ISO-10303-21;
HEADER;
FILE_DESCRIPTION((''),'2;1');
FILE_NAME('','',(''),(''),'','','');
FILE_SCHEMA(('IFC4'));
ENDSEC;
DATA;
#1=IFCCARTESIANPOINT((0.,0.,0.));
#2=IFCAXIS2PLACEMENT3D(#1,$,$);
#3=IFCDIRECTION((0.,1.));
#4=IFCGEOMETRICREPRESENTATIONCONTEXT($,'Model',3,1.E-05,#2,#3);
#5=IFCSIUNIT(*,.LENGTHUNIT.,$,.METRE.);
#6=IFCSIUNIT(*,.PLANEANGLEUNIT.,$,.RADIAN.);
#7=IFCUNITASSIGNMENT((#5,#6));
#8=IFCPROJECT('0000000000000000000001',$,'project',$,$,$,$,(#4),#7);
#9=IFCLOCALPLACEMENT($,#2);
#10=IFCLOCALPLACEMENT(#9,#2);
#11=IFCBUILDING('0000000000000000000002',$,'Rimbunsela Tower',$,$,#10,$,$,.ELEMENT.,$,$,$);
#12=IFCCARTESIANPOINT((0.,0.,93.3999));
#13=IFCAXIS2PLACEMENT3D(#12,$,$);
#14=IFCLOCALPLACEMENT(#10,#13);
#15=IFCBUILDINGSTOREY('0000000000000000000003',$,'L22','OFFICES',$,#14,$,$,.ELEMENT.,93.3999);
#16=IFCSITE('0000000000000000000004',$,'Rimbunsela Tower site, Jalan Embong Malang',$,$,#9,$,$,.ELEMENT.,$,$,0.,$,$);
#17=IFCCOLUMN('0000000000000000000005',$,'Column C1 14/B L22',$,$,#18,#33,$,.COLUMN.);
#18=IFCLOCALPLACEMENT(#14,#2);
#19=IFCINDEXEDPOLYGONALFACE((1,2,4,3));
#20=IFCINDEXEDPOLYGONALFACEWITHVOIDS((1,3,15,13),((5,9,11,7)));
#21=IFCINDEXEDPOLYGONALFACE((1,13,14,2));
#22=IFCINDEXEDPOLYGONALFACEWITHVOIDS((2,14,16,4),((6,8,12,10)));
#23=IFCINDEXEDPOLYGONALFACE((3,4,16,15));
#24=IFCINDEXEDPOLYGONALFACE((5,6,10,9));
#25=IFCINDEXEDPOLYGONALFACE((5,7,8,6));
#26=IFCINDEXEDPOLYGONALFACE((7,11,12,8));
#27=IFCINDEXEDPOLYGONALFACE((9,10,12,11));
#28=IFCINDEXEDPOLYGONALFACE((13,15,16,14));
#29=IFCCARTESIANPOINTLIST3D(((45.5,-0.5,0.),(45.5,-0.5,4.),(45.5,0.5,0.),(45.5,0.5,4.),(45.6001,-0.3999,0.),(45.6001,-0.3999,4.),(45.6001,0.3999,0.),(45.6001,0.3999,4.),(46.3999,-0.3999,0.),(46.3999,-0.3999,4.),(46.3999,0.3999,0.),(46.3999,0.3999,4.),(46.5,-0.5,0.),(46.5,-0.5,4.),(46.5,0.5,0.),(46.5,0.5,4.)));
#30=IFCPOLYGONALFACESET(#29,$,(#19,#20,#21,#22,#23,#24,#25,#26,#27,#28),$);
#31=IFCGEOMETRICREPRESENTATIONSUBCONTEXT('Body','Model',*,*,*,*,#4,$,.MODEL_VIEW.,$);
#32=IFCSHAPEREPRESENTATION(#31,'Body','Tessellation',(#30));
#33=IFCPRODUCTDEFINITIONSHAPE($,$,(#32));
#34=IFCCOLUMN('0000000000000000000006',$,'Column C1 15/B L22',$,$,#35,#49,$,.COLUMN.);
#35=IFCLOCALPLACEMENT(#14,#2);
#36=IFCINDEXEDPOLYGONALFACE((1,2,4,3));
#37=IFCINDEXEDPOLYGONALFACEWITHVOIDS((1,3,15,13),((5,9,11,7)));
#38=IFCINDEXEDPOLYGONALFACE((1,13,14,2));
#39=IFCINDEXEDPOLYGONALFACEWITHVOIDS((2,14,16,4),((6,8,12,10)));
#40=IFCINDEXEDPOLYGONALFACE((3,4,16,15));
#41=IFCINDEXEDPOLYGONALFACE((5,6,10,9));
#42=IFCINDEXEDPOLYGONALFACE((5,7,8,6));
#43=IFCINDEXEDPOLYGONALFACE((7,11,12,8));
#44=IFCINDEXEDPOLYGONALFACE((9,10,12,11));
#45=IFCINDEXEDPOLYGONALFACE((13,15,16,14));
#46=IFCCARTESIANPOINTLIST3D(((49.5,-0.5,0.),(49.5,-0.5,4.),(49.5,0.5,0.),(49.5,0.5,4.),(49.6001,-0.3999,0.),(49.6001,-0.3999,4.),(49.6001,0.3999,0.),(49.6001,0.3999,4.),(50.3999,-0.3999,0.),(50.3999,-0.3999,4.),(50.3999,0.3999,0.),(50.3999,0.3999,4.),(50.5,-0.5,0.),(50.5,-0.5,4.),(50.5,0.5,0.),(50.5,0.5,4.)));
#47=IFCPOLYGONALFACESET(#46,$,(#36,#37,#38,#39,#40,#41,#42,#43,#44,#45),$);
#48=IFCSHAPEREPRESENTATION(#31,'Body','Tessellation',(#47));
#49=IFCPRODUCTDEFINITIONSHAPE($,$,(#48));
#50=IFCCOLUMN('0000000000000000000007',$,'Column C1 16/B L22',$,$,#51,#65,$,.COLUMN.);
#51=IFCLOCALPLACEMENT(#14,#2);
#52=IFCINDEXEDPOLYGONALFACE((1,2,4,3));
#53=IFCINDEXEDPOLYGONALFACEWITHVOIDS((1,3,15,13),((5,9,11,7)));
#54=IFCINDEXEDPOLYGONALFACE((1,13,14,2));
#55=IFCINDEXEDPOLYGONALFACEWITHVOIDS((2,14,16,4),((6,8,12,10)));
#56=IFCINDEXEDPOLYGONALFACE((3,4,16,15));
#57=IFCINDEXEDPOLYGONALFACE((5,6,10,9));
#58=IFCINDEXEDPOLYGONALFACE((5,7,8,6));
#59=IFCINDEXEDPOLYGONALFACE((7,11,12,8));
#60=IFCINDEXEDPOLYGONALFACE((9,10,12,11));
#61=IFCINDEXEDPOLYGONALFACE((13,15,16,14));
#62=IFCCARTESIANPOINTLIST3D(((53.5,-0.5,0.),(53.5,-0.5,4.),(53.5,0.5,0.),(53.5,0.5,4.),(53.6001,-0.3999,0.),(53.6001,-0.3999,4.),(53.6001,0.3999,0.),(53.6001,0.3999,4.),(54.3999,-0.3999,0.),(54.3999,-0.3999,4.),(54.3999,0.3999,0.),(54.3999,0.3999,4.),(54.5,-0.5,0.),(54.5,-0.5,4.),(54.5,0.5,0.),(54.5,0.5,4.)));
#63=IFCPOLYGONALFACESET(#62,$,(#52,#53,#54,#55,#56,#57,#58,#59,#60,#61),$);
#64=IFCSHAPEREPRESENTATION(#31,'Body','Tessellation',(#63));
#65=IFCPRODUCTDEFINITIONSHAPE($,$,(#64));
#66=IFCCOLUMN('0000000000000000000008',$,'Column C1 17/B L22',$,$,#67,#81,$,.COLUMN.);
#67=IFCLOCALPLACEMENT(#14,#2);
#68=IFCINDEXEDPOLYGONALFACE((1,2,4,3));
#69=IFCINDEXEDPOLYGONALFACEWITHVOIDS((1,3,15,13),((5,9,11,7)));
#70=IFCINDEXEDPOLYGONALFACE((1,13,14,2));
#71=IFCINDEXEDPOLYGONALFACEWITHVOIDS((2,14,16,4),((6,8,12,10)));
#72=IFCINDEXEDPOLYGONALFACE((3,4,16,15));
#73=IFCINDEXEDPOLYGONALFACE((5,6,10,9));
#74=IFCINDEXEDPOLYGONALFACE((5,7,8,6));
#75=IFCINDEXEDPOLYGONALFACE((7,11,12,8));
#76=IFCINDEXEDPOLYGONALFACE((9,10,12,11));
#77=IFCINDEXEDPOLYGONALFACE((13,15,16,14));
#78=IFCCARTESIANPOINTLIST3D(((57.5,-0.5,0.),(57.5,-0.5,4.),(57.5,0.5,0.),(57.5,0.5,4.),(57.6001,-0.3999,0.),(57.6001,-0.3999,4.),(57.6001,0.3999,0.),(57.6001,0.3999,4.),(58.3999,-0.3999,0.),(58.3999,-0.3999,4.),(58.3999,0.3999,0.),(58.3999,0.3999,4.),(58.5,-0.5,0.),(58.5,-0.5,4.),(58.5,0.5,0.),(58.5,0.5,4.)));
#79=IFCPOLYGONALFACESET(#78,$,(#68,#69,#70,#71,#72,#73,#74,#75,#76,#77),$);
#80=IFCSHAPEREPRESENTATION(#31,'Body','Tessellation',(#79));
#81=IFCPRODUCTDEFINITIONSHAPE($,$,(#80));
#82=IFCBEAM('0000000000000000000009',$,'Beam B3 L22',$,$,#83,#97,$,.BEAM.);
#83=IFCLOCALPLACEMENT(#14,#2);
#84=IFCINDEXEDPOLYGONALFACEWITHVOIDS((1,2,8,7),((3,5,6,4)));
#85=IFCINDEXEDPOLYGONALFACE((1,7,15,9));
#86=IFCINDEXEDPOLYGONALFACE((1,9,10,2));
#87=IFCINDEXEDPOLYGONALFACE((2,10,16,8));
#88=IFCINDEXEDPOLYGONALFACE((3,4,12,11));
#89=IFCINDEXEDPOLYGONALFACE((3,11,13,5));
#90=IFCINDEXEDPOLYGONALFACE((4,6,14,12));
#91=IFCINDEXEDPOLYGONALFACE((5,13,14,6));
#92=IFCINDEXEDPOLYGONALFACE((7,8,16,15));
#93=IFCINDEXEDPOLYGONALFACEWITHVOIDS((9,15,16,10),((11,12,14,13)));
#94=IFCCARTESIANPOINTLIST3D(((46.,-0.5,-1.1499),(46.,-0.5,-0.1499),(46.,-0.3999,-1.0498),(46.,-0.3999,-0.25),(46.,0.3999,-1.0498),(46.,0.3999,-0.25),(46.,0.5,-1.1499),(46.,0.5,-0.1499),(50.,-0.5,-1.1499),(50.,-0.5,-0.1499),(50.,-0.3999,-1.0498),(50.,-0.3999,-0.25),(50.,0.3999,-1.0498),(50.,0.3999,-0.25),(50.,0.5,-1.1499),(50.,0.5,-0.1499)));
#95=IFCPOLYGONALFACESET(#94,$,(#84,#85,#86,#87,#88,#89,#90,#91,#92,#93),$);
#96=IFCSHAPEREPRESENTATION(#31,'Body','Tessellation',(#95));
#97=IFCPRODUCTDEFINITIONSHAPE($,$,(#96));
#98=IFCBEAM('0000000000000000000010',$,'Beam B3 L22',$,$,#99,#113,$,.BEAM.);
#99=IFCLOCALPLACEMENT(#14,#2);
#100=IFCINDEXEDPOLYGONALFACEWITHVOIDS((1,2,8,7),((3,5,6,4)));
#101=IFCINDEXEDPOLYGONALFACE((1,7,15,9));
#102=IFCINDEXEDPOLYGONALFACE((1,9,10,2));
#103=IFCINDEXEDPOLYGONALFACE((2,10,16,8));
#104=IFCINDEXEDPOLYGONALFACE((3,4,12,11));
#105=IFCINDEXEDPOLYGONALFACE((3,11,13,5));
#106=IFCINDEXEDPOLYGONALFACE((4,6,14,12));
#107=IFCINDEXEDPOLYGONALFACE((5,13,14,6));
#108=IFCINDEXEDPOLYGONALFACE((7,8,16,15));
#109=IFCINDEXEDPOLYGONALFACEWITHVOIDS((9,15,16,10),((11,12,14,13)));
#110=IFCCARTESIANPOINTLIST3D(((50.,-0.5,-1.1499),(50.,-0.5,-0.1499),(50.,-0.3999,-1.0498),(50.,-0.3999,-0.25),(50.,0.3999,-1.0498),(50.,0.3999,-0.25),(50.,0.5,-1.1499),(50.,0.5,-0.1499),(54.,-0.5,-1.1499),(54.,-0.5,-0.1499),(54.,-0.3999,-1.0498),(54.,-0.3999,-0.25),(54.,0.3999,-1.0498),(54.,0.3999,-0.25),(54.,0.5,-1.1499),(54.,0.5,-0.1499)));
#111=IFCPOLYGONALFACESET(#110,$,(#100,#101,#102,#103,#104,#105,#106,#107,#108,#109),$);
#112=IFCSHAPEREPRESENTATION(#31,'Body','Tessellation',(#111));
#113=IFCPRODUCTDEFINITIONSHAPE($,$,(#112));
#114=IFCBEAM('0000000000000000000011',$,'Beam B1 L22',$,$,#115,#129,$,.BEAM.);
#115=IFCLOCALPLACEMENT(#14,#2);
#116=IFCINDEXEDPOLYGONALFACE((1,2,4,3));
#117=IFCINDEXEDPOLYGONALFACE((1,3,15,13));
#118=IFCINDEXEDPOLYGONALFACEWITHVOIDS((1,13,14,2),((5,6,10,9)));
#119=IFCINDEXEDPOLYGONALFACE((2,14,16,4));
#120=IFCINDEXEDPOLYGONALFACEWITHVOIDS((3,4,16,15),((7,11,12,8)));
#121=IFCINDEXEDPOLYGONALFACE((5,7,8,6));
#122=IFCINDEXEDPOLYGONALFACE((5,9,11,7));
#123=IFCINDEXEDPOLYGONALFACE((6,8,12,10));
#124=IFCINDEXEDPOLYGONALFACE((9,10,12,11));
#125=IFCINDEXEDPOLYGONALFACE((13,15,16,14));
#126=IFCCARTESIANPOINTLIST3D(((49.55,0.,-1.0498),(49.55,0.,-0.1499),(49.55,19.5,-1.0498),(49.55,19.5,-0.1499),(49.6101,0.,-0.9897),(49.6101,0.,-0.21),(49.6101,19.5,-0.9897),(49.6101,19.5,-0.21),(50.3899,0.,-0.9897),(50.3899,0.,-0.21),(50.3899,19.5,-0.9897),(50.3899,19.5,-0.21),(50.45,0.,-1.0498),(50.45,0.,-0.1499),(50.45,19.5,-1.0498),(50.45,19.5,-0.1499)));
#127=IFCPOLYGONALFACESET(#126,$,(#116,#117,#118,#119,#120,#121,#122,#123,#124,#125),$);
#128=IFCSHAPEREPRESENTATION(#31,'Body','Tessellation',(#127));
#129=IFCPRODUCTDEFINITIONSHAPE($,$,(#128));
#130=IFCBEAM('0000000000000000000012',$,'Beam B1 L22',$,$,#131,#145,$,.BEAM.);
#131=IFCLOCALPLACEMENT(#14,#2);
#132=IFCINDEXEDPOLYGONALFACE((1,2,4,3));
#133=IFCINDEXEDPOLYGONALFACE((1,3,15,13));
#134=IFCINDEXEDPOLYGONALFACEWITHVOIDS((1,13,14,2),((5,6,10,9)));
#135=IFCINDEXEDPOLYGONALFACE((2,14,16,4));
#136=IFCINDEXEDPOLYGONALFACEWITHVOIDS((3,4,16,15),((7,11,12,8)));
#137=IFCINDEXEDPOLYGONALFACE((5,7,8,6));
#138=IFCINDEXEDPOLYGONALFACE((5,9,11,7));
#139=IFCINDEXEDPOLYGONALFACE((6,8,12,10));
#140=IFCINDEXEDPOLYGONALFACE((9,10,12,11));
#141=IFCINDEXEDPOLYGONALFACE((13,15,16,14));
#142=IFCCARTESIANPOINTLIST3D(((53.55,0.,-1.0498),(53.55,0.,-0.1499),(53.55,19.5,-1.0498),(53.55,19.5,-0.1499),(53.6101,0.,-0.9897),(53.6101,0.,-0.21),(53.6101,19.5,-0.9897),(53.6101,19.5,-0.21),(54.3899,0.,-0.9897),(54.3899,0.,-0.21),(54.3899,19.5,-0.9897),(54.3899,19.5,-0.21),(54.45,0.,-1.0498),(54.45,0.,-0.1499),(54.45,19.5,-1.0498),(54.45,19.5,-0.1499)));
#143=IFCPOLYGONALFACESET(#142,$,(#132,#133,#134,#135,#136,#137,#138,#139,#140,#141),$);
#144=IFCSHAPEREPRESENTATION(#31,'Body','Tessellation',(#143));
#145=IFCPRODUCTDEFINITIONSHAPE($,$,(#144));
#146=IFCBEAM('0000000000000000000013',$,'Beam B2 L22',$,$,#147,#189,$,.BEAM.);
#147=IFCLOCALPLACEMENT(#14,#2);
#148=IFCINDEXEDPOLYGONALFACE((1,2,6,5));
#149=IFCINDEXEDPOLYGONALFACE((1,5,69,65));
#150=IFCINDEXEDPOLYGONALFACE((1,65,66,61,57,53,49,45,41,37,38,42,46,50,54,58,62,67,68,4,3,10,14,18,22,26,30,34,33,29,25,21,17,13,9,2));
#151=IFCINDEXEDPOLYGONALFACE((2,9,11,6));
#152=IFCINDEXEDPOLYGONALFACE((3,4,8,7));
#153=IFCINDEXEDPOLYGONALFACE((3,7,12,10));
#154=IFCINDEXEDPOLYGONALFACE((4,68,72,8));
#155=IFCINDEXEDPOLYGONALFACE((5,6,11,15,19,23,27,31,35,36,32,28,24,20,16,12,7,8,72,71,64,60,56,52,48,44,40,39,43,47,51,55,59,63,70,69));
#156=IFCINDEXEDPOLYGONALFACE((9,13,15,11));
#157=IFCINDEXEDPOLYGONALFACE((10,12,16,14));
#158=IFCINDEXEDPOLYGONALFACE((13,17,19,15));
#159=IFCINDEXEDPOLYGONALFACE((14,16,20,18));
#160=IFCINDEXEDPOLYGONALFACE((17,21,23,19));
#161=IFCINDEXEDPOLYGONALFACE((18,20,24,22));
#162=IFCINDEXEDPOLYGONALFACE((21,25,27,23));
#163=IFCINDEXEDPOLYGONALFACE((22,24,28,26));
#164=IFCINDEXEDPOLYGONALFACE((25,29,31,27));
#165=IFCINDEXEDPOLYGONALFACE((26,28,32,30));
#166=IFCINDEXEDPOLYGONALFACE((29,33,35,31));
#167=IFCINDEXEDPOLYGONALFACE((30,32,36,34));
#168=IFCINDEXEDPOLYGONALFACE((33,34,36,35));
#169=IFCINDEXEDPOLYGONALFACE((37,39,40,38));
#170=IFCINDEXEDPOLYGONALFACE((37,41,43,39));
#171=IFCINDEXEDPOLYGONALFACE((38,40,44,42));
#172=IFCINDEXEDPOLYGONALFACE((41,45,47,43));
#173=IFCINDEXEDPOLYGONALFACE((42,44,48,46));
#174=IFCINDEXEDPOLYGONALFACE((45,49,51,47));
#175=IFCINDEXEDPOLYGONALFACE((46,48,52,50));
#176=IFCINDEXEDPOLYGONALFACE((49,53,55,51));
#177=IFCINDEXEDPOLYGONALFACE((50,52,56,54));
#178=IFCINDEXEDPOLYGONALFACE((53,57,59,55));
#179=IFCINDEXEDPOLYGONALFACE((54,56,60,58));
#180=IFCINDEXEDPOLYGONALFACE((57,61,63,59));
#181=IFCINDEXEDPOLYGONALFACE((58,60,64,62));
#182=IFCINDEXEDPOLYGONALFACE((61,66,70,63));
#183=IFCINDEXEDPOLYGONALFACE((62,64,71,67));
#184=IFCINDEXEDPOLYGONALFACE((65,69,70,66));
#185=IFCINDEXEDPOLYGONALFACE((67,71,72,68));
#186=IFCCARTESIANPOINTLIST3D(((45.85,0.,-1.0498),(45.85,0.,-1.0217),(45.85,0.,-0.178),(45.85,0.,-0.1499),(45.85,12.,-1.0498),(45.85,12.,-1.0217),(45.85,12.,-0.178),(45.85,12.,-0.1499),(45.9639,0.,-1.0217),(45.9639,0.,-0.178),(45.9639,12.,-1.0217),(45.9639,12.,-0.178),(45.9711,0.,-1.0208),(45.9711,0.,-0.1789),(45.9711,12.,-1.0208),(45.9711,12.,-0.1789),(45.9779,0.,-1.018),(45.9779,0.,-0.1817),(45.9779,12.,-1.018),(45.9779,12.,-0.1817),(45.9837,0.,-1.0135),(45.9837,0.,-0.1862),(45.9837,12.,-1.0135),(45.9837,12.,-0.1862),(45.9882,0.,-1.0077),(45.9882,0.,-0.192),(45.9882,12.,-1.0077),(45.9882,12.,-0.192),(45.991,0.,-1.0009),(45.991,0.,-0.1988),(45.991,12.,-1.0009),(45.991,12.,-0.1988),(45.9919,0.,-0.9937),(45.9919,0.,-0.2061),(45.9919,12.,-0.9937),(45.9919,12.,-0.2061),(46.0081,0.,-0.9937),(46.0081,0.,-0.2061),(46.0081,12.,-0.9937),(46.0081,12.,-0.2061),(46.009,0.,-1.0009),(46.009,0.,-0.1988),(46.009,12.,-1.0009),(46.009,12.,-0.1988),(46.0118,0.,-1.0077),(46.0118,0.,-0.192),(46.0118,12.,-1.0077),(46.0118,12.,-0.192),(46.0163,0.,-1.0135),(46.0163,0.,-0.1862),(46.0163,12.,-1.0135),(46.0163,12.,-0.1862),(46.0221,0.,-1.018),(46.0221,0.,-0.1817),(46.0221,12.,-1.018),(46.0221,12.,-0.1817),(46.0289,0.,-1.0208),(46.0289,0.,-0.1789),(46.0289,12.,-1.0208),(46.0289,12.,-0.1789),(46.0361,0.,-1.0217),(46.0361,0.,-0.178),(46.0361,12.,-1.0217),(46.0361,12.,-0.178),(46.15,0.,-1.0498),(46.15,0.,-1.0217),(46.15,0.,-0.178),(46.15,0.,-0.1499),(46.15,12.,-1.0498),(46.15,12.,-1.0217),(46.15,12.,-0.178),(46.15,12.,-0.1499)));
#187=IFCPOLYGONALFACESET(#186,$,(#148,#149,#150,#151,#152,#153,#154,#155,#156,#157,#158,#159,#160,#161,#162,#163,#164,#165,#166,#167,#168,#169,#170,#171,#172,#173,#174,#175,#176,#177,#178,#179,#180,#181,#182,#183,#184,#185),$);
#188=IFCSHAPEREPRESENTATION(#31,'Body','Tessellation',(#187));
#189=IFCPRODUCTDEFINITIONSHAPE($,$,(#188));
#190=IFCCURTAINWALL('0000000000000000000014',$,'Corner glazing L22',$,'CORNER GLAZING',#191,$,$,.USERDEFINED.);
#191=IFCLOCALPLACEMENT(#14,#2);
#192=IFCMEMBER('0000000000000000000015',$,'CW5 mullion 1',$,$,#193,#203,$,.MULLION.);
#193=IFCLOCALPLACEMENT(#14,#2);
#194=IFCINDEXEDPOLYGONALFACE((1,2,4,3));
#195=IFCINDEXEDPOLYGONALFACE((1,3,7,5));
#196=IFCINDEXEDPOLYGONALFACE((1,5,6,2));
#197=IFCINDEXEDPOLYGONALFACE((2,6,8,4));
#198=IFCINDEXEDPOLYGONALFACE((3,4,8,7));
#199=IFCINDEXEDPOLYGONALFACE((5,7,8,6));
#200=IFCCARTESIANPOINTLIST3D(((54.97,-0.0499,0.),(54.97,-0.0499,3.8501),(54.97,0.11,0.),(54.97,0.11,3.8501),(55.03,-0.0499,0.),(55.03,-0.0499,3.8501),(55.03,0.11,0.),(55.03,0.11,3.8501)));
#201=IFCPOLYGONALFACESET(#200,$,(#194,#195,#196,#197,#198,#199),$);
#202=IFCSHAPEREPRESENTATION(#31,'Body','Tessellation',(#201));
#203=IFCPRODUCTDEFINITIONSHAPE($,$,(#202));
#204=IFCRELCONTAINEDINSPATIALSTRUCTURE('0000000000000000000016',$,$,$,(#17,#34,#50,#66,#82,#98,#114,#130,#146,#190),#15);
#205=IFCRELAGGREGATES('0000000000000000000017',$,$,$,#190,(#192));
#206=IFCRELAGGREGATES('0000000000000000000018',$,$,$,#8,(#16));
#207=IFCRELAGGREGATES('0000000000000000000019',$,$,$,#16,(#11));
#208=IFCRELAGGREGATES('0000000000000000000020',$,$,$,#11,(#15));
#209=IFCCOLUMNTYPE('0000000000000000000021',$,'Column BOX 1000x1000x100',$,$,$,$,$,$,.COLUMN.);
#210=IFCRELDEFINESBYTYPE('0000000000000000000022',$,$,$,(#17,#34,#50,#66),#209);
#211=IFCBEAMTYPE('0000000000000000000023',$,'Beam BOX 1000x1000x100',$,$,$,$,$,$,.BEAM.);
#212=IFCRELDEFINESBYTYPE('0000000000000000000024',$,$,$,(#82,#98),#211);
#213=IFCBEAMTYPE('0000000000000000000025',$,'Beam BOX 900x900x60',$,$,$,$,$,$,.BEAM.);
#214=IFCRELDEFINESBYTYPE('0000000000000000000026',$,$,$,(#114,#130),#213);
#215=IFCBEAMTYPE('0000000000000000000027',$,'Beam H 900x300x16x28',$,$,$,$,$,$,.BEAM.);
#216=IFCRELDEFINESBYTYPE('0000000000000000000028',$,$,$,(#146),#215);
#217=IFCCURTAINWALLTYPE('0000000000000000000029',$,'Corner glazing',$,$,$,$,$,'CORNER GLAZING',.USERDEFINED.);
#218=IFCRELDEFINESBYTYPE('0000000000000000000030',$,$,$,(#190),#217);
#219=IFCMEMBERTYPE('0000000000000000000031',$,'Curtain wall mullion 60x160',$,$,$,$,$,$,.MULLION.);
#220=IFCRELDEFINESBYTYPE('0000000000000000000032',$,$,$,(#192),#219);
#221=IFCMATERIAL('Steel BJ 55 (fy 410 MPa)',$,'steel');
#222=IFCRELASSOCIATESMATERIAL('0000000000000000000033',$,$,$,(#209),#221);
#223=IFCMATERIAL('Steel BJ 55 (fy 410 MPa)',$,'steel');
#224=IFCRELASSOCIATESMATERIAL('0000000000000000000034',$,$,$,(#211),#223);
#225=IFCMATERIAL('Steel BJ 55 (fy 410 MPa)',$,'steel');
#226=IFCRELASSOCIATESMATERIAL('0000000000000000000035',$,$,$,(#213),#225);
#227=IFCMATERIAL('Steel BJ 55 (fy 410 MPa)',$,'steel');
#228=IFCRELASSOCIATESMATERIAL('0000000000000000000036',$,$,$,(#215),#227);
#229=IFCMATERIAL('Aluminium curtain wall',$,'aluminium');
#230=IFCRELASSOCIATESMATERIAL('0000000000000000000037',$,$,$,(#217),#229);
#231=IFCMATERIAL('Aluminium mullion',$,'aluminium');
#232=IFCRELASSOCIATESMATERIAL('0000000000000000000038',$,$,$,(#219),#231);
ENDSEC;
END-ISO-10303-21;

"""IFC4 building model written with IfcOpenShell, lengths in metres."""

from ifc_helpers import new_model, si_unit, direction, frame, origin, origin_2d, place, context, subcontext, project, spatial, rectangle, hollow_rectangle, i_section, extrude, material, material_profile, profile_set, type_object, element, aggregate, save


model = new_model("IFC4")

# Units and contexts
model_context = context("Model", 3, precision=1e-05, world=origin(), true_north=direction((0.0, 1.0)))
body_context = subcontext(model_context, "Body", "Model", "MODEL_VIEW")
ifc_project = project(units=[si_unit("LENGTHUNIT", "METRE"), si_unit("PLANEANGLEUNIT", "RADIAN")], contexts=[model_context])

# Site, building, storey
site_placement = place(None, origin())
site = spatial("IfcSite", under=ifc_project, at=site_placement, Name="Rimbunsela Tower site, Jalan Embong Malang", CompositionType="ELEMENT", RefElevation=0.0)
building_placement = place(site_placement, origin())
building = spatial("IfcBuilding", under=site, at=building_placement, Name="Rimbunsela Tower", CompositionType="ELEMENT")
storey_placement = place(building_placement, frame((0.0, 0.0, 93.3999)))
storey = spatial("IfcBuildingStorey", under=building, at=storey_placement, Name="L22", Description="OFFICES", CompositionType="ELEMENT", Elevation=93.3999)

# Columns
ifc_material_1 = material(Name="Steel BJ 55 (fy 410 MPa)", Category="steel")
ifc_material_profile_1 = material_profile(ifc_material_1, hollow_rectangle(XDim=1.0, YDim=1.0, WallThickness=0.1001, at=origin_2d()), Name="BOX 1000x1000x100")
ifc_profile_set_1 = profile_set([ifc_material_profile_1], Name="Steel BJ 55 (fy 410 MPa)")
column_type = type_object("IfcColumnType", Name="Column BOX 1000x1000x100", PredefinedType="COLUMN", material=ifc_profile_set_1)
for number, where, z_axis, x_axis, name in (
    (1, (46.0, 0.0, 0.0), (0.0, 0.0, 1.0), (1.0, 0.0, 0.0), "Column C1 14/B L22"),
    (2, (50.0, 0.0, 0.0), (0.0, 0.0, 1.0), (1.0, 0.0, 0.0), "Column C1 15/B L22"),
    (3, (54.0, 0.0, 0.0), (0.0, 0.0, 1.0), (1.0, 0.0, 0.0), "Column C1 16/B L22"),
    (4, (58.0, 0.0, 0.0), (0.0, 0.0, 1.0), (1.0, 0.0, 0.0), "Column C1 17/B L22"),
):
    element("IfcColumn", number, at=place(storey_placement, frame(where, z_axis=z_axis, x_axis=x_axis)), inside=storey, type_object=column_type, Name=name, PredefinedType="COLUMN", context=body_context, shape_type="SweptSolid", body=[
        extrude(hollow_rectangle(XDim=1.0, YDim=1.0, WallThickness=0.1001, at=origin_2d()), origin(), (0.0, 0.0, 1.0), 4.0),
    ])

# Beams
ifc_material_2 = material(Name="Steel BJ 55 (fy 410 MPa)", Category="steel")
ifc_material_profile_2 = material_profile(ifc_material_2, hollow_rectangle(XDim=1.0, YDim=1.0, WallThickness=0.1001, at=origin_2d()), Name="BOX 1000x1000x100")
ifc_profile_set_2 = profile_set([ifc_material_profile_2], Name="Steel BJ 55 (fy 410 MPa)")
beam_type_1 = type_object("IfcBeamType", Name="Beam BOX 1000x1000x100", PredefinedType="BEAM", material=ifc_profile_set_2)
for number, where, z_axis, x_axis, name in (
    (5, (46.0, 0.0, -0.6499), (1.0, 0.0, 0.0), (0.0, 1.0, 0.0), "Beam B3 L22"),
    (6, (50.0, 0.0, -0.6499), (1.0, 0.0, 0.0), (0.0, 1.0, 0.0), "Beam B3 L22"),
):
    element("IfcBeam", number, at=place(storey_placement, frame(where, z_axis=z_axis, x_axis=x_axis)), inside=storey, type_object=beam_type_1, Name=name, PredefinedType="BEAM", context=body_context, shape_type="SweptSolid", body=[
        extrude(hollow_rectangle(XDim=1.0, YDim=1.0, WallThickness=0.1001, at=origin_2d()), origin(), (0.0, 0.0, 1.0), 4.0),
    ])
ifc_material_3 = material(Name="Steel BJ 55 (fy 410 MPa)", Category="steel")
ifc_material_profile_3 = material_profile(ifc_material_3, hollow_rectangle(XDim=0.8999, YDim=0.8999, WallThickness=0.0601, at=origin_2d()), Name="BOX 900x900x60")
ifc_profile_set_3 = profile_set([ifc_material_profile_3], Name="Steel BJ 55 (fy 410 MPa)")
beam_type_2 = type_object("IfcBeamType", Name="Beam BOX 900x900x60", PredefinedType="BEAM", material=ifc_profile_set_3)
for number, where, z_axis, x_axis, name in (
    (7, (50.0, 0.0, -0.5999), (0.0, 1.0, 0.0), (-1.0, 0.0, 0.0), "Beam B1 L22"),
    (8, (54.0, 0.0, -0.5999), (0.0, 1.0, 0.0), (-1.0, 0.0, 0.0), "Beam B1 L22"),
):
    element("IfcBeam", number, at=place(storey_placement, frame(where, z_axis=z_axis, x_axis=x_axis)), inside=storey, type_object=beam_type_2, Name=name, PredefinedType="BEAM", context=body_context, shape_type="SweptSolid", body=[
        extrude(hollow_rectangle(XDim=0.8999, YDim=0.8999, WallThickness=0.0601, at=origin_2d()), origin(), (0.0, 0.0, 1.0), 19.5),
    ])
ifc_material_4 = material(Name="Steel BJ 55 (fy 410 MPa)", Category="steel")
ifc_material_profile_4 = material_profile(ifc_material_4, i_section(OverallWidth=0.3, OverallDepth=0.8999, WebThickness=0.0161, FlangeThickness=0.0281, FilletRadius=0.0281, at=origin_2d()), Name="H 900x300x16x28")
ifc_profile_set_4 = profile_set([ifc_material_profile_4], Name="Steel BJ 55 (fy 410 MPa)")
beam_type_3 = type_object("IfcBeamType", Name="Beam H 900x300x16x28", PredefinedType="BEAM", material=ifc_profile_set_4)
beam_placement = place(storey_placement, frame((46.0, 0.0, -0.5999), z_axis=(0.0, 1.0, 0.0), x_axis=(-1.0, 0.0, 0.0)))
element("IfcBeam", 9, at=beam_placement, inside=storey, type_object=beam_type_3, Name="Beam B2 L22", PredefinedType="BEAM", context=body_context, shape_type="SweptSolid", body=[
    extrude(i_section(OverallWidth=0.3, OverallDepth=0.8999, WebThickness=0.0161, FlangeThickness=0.0281, FilletRadius=0.0281, at=origin_2d()), origin(), (0.0, 0.0, 1.0), 12.0),
])

# Curtain wall, member
ifc_material_5 = material(Name="Aluminium curtain wall", Category="aluminium")
curtain_wall_type = type_object("IfcCurtainWallType", Name="Corner glazing", ElementType="CORNER GLAZING", PredefinedType="USERDEFINED", material=ifc_material_5)
curtain_wall_1_placement = place(storey_placement, origin())
curtain_wall_1 = element("IfcCurtainWall", 10, at=curtain_wall_1_placement, inside=storey, type_object=curtain_wall_type, Name="Corner glazing L22", ObjectType="CORNER GLAZING", PredefinedType="USERDEFINED")
ifc_material_6 = material(Name="Aluminium mullion", Category="aluminium")
ifc_material_profile_5 = material_profile(ifc_material_6, rectangle(XDim=0.0601, YDim=0.1599, at=origin_2d()), Name="Mullion 60x160")
ifc_profile_set_5 = profile_set([ifc_material_profile_5], Name="Aluminium mullion")
member_type_1 = type_object("IfcMemberType", Name="Curtain wall mullion 60x160", PredefinedType="MULLION", material=ifc_profile_set_5)
member_1_placement = place(storey_placement, frame((55.0, 0.03, 0.0), z_axis=(0.0, 0.0, 1.0), x_axis=(-1.0, 0.0, 0.0)))
member_1 = element("IfcMember", 11, at=member_1_placement, type_object=member_type_1, Name="CW5 mullion 1", PredefinedType="MULLION", context=body_context, shape_type="SweptSolid", body=[
    extrude(rectangle(XDim=0.0601, YDim=0.1599, at=origin_2d()), origin(), (0.0, 0.0, 1.0), 3.8501),
])

aggregate(curtain_wall_1, [member_1])

save(model, "model.ifc")
